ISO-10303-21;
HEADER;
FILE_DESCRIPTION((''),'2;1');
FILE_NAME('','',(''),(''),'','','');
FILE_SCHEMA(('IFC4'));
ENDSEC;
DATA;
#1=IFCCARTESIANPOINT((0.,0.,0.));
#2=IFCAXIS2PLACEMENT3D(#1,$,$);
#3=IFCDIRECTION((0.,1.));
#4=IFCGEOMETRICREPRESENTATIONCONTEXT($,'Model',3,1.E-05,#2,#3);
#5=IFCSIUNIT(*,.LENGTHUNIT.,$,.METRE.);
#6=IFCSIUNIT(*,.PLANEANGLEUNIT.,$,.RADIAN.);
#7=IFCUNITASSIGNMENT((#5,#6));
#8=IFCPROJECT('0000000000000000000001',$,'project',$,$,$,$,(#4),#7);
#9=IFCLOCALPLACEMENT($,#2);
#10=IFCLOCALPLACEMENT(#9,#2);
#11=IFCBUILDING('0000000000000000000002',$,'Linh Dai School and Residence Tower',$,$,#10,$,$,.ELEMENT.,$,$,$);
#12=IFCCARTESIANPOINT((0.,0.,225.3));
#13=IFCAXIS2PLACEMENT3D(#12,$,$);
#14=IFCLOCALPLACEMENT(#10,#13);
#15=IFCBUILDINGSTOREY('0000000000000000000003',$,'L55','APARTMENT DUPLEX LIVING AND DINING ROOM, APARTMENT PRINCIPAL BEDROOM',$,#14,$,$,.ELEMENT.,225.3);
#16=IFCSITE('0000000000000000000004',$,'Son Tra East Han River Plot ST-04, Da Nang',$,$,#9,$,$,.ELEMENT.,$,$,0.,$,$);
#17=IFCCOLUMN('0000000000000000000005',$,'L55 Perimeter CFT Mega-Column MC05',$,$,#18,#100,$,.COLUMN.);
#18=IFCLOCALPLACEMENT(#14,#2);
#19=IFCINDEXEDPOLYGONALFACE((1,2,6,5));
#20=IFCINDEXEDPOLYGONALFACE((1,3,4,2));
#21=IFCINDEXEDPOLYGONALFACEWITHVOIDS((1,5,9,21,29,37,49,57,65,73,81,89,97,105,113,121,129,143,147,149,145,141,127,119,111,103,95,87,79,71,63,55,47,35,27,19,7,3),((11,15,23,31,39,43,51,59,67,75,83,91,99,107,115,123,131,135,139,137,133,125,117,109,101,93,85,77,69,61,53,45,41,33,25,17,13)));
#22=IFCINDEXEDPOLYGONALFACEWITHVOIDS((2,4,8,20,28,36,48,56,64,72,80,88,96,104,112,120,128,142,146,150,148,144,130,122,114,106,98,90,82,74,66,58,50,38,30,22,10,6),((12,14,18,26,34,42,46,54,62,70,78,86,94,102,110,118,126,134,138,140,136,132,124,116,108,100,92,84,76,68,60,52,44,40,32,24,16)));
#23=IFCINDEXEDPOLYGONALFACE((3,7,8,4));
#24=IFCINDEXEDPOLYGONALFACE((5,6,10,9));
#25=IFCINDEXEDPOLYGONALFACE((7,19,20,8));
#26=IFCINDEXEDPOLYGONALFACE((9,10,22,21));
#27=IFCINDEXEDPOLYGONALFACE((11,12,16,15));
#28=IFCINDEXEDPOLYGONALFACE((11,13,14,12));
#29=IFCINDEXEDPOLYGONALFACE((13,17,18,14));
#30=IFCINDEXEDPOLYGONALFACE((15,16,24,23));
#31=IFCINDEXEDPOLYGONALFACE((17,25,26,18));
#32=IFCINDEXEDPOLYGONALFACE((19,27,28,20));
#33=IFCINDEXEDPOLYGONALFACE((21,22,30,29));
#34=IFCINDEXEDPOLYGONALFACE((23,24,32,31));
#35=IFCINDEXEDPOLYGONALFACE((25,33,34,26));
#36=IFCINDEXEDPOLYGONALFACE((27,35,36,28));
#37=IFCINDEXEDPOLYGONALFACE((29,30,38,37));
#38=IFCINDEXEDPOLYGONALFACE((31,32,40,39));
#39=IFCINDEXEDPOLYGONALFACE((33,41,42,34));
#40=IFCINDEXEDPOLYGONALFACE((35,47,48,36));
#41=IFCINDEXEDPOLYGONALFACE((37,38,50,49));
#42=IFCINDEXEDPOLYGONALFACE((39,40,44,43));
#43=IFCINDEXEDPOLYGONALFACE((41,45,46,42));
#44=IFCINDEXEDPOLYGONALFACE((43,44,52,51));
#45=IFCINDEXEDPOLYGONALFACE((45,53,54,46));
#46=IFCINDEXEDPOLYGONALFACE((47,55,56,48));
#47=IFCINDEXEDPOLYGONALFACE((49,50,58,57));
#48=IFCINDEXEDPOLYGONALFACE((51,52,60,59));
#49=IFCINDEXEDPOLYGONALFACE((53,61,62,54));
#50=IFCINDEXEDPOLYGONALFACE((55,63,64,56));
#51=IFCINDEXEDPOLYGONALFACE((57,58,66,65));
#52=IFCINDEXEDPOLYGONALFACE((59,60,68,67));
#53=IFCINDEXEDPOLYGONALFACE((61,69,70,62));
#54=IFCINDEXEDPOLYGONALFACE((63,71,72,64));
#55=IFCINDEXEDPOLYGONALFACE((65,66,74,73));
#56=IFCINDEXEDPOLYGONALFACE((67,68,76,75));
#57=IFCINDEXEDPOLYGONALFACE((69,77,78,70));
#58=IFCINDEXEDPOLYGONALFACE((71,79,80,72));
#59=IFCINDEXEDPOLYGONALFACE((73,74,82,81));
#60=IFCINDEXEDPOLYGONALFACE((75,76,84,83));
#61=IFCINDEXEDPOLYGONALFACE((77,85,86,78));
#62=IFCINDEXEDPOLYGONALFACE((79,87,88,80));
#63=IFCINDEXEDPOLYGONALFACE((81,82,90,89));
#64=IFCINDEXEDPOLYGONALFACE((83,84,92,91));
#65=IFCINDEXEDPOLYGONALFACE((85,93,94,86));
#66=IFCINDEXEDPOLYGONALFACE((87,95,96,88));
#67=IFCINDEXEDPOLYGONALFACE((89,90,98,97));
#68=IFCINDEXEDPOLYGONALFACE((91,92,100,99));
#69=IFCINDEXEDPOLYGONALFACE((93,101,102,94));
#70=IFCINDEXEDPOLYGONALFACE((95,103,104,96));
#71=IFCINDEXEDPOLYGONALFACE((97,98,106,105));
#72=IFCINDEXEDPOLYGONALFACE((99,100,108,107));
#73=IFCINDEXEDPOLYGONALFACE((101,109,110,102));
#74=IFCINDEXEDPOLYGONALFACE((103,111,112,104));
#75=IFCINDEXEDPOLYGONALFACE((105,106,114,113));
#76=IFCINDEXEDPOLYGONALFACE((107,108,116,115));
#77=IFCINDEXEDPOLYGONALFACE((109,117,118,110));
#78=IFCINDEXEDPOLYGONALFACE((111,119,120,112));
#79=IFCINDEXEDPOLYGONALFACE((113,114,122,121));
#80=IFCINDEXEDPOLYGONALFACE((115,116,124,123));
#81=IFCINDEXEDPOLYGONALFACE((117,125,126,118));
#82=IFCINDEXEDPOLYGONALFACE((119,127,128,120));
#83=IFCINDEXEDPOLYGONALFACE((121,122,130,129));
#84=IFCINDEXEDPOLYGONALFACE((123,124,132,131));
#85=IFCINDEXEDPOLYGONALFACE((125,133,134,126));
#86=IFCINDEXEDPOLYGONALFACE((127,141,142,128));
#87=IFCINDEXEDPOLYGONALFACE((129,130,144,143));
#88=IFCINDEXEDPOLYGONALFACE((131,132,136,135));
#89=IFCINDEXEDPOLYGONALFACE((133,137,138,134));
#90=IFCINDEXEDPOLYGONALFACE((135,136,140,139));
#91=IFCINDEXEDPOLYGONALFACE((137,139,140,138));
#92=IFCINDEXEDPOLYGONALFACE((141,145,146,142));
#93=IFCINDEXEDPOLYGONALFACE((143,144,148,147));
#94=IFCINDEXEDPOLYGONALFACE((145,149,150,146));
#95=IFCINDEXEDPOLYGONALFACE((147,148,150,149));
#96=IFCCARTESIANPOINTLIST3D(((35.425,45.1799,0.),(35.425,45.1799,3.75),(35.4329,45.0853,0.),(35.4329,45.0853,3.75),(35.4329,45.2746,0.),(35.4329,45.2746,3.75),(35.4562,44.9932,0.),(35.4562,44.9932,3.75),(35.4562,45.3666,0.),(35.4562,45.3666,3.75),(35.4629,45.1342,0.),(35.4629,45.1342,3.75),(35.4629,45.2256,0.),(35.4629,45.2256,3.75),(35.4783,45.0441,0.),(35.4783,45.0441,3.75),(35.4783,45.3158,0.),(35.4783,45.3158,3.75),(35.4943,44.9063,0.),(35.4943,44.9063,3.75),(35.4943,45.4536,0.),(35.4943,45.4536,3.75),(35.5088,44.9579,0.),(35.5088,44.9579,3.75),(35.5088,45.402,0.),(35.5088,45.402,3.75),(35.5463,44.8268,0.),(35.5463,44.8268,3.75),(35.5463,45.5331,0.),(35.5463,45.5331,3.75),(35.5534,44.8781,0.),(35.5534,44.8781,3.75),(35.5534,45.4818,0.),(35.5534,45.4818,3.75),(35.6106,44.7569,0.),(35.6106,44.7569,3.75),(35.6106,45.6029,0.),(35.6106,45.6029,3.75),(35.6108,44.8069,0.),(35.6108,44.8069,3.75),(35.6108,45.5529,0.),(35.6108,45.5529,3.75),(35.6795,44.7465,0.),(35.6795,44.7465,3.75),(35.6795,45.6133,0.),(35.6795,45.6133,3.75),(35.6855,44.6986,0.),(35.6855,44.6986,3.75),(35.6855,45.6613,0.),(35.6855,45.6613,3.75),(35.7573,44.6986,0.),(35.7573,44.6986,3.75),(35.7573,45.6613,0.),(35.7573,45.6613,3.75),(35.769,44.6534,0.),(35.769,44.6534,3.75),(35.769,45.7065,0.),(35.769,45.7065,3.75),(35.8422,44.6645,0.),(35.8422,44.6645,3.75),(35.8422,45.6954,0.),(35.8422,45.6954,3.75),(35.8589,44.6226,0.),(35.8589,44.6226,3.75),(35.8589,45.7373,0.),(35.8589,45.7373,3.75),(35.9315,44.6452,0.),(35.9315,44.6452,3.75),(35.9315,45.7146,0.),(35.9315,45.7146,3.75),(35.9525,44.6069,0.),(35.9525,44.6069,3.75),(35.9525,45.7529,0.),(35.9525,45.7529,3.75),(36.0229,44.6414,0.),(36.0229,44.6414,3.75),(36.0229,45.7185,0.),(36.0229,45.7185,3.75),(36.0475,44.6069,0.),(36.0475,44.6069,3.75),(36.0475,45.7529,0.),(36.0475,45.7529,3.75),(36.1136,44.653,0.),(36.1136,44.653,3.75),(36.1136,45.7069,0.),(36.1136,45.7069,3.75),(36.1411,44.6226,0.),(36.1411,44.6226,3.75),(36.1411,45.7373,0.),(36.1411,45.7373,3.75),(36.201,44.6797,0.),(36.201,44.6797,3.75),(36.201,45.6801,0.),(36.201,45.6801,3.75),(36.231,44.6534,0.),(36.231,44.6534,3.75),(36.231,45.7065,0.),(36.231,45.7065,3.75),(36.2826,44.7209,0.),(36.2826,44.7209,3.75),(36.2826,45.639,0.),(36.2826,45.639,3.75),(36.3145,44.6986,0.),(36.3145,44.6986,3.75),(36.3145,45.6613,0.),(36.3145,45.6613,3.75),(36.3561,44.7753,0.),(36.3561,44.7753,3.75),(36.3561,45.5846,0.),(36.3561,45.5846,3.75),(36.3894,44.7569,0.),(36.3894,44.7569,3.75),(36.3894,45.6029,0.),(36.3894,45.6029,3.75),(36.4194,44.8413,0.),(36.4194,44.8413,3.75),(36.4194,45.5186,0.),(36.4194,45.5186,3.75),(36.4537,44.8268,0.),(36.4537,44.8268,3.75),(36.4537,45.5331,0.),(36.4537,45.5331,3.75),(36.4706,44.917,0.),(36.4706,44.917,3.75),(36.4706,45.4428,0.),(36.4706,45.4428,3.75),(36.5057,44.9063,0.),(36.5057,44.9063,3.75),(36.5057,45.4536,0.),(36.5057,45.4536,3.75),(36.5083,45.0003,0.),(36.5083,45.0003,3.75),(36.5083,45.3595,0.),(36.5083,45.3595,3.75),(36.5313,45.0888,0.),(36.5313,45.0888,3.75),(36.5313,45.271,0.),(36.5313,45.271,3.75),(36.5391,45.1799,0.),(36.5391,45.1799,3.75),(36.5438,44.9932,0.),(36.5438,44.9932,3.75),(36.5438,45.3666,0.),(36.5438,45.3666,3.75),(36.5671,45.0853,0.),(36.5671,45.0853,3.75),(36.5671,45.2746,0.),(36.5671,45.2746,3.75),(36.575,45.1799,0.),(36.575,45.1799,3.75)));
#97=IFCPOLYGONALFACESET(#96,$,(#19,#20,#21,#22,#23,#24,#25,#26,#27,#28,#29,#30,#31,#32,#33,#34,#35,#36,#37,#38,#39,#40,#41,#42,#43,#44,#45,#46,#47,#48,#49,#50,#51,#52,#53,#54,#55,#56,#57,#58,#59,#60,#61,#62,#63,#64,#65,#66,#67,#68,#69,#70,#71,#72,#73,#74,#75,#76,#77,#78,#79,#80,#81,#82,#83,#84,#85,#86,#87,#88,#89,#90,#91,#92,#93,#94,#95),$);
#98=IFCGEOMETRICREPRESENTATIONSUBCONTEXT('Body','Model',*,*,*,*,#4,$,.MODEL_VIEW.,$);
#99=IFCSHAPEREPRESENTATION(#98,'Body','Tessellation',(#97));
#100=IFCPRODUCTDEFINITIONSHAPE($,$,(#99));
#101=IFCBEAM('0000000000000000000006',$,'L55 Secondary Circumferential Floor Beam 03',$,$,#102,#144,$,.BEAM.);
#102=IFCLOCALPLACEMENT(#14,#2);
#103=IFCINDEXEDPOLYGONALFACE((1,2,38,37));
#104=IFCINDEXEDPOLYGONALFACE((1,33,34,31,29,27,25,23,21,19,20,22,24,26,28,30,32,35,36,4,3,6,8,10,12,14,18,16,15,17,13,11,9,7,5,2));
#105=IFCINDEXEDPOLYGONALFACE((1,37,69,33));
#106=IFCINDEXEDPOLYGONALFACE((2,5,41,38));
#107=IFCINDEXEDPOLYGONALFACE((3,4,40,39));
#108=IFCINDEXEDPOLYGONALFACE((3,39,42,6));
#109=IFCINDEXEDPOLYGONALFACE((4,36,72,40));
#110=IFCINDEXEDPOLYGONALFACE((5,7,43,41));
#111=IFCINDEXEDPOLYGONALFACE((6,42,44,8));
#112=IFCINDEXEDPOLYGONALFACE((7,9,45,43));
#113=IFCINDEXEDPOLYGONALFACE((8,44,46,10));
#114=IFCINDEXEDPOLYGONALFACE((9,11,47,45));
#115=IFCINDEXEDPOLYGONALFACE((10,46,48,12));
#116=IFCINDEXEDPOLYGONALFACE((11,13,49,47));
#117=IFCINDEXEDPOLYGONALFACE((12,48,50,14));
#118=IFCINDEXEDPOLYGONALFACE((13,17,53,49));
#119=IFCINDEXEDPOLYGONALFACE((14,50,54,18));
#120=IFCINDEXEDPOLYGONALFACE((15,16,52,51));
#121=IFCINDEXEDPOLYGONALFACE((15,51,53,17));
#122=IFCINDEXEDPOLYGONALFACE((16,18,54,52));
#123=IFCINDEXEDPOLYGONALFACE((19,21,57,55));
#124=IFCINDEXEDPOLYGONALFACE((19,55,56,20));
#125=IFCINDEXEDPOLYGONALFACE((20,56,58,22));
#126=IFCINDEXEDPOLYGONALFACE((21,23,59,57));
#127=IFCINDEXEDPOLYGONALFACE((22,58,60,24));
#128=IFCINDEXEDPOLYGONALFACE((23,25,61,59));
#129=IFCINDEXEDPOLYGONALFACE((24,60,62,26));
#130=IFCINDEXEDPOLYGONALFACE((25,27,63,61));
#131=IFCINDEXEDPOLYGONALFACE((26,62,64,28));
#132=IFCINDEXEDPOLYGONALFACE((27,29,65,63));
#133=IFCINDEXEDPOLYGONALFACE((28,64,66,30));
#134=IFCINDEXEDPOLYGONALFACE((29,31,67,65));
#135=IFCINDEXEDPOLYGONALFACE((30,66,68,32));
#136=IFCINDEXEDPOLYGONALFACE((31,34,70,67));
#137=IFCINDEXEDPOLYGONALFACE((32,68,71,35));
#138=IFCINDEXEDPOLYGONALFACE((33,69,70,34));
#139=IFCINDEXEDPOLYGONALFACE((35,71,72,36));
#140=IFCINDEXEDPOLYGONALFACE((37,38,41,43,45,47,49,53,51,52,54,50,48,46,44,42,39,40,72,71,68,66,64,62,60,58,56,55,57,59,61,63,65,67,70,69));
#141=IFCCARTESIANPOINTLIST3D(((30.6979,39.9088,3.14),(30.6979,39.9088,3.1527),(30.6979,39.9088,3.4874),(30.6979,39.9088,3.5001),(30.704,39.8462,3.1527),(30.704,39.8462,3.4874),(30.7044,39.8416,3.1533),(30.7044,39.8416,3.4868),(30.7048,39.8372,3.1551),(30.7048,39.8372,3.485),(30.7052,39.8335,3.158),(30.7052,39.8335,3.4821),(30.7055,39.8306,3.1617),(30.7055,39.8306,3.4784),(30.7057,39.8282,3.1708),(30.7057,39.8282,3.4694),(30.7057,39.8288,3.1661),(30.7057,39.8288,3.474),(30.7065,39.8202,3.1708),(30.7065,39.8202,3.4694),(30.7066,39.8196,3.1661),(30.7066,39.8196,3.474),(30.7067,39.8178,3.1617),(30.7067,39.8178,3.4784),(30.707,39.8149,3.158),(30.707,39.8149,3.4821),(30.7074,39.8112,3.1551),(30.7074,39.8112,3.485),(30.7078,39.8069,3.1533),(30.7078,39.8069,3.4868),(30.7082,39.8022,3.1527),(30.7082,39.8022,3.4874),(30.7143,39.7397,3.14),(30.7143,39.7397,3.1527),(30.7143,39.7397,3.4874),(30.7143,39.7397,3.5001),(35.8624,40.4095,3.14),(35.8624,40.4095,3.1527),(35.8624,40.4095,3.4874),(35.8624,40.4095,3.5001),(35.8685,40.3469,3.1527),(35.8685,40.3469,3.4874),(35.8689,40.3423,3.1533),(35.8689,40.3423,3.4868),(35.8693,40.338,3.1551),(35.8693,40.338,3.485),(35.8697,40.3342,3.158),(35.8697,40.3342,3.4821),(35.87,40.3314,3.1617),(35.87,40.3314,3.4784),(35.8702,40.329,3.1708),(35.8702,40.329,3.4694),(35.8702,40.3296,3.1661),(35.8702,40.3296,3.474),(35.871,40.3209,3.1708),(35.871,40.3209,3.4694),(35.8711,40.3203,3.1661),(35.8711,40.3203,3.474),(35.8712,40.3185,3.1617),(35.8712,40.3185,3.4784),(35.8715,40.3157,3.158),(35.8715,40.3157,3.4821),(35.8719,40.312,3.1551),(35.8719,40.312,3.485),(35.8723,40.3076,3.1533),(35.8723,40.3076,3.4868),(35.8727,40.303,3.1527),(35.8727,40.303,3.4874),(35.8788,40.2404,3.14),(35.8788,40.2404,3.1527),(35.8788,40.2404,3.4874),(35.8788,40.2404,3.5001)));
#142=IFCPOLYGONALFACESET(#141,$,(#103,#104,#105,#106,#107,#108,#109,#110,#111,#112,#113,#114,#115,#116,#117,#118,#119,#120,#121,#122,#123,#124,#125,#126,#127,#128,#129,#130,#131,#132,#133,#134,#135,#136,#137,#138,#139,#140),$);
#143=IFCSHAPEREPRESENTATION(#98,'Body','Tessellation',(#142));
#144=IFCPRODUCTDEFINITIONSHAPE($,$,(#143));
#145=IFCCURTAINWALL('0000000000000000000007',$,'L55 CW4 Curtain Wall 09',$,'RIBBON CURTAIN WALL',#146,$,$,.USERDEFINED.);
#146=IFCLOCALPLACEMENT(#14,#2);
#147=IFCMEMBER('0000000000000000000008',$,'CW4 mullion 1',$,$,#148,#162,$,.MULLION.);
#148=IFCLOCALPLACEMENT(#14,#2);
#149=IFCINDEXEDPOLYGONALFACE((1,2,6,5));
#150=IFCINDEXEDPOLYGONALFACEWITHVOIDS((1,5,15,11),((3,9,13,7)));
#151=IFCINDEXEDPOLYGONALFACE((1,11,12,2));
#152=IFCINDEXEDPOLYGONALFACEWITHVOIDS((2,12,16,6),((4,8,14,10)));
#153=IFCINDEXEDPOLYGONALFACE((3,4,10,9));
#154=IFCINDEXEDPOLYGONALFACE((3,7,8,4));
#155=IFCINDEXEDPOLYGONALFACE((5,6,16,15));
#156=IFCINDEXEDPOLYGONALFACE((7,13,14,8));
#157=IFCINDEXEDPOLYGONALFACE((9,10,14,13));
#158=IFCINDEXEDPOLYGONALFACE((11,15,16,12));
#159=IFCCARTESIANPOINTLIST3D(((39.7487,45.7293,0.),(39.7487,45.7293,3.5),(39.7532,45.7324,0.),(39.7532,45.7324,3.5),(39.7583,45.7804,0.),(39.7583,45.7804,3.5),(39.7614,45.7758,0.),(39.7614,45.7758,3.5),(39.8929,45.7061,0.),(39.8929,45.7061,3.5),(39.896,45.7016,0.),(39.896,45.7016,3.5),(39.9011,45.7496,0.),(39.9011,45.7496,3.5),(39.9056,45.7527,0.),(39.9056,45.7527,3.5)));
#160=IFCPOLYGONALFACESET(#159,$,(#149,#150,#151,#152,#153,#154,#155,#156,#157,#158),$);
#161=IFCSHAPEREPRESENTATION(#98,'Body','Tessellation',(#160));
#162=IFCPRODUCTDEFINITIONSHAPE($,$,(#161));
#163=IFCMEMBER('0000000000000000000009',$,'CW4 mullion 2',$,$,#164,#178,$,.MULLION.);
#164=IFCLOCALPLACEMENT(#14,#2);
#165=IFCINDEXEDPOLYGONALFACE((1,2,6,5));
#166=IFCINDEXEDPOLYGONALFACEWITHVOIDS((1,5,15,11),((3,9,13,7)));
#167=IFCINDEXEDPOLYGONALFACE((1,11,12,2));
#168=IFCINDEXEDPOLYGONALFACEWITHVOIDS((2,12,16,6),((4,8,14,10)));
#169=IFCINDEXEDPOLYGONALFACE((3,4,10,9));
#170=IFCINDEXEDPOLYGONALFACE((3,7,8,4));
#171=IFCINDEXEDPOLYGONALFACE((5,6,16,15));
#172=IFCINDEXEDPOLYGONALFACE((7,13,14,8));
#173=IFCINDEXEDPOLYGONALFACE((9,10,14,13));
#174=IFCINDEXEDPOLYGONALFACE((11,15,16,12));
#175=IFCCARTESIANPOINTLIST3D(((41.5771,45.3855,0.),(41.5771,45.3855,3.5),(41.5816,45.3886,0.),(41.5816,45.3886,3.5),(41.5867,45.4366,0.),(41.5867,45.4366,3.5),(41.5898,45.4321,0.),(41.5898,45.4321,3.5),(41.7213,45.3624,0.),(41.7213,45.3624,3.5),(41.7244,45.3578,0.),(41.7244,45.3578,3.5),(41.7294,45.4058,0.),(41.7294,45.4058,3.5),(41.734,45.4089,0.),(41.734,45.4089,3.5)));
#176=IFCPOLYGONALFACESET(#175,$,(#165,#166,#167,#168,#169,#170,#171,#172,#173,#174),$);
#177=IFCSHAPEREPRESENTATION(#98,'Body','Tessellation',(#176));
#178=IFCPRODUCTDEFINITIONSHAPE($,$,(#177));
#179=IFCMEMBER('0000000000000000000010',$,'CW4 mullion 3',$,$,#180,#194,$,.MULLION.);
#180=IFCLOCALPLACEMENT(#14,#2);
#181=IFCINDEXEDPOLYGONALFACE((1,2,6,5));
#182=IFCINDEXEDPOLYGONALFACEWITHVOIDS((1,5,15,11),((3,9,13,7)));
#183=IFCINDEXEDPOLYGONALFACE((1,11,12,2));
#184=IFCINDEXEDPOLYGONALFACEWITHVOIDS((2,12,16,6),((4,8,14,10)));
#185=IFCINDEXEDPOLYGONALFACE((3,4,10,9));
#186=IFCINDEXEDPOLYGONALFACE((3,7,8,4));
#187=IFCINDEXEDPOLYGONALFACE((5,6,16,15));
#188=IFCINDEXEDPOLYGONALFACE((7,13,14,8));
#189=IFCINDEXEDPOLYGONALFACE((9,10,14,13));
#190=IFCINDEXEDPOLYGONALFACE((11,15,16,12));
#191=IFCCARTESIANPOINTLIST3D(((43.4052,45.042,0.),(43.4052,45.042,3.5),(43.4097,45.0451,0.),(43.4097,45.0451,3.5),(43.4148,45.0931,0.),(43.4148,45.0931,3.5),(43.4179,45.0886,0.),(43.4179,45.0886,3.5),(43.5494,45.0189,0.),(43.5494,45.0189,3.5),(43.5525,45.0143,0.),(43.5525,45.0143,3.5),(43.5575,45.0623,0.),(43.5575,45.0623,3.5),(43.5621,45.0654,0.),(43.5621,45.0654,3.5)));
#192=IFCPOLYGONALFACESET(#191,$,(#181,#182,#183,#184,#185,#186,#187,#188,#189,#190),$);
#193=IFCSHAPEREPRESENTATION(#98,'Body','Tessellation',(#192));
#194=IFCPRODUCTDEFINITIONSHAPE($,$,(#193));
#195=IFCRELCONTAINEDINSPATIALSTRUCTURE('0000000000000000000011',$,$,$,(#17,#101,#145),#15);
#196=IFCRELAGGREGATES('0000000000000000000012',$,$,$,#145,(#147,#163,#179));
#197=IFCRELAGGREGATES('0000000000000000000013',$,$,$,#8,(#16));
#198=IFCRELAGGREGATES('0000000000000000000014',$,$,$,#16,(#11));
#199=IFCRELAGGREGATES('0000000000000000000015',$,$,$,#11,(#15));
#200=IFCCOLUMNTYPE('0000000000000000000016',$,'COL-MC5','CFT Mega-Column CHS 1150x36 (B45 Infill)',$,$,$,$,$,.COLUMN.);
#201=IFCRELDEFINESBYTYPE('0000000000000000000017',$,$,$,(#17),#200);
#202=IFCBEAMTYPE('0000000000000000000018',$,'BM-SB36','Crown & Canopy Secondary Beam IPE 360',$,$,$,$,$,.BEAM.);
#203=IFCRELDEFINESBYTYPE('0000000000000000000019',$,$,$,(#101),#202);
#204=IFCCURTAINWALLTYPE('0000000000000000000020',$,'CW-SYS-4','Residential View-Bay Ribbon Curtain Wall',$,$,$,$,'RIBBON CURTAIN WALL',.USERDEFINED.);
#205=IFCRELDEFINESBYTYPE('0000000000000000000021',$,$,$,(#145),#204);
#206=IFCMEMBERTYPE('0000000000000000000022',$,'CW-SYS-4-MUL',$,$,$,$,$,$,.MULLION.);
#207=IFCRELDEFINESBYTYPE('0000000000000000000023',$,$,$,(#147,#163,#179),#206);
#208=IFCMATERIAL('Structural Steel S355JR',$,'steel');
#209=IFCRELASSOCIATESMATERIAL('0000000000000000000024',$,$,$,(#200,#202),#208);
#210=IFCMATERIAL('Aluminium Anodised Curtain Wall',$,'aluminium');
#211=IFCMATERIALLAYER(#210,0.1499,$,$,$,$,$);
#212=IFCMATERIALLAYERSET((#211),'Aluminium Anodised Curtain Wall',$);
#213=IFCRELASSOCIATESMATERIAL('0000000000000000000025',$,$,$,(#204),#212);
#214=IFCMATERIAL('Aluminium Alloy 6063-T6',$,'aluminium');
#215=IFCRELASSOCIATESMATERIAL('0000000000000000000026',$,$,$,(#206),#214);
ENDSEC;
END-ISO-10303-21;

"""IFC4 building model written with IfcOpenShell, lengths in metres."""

from ifc_helpers import new_model, si_unit, direction, frame, origin, origin_2d, place, context, subcontext, project, spatial, hollow_rectangle, hollow_circle, i_section, extrude, source, transform, mapped, material, layer, layer_set, material_profile, profile_set, type_object, element, aggregate, save


model = new_model("IFC4")

# Units and contexts
model_context = context("Model", 3, precision=1e-05, world=origin(), true_north=direction((0.0, 1.0)))
body_context = subcontext(model_context, "Body", "Model", "MODEL_VIEW")
ifc_project = project(units=[si_unit("LENGTHUNIT", "METRE"), si_unit("PLANEANGLEUNIT", "RADIAN")], contexts=[model_context])

# Site, building, storey
site_placement = place(None, origin())
site = spatial("IfcSite", under=ifc_project, at=site_placement, Name="Son Tra East Han River Plot ST-04, Da Nang", CompositionType="ELEMENT", RefElevation=0.0)
building_placement = place(site_placement, origin())
building = spatial("IfcBuilding", under=site, at=building_placement, Name="Linh Dai School and Residence Tower", CompositionType="ELEMENT")
storey_placement = place(building_placement, frame((0.0, 0.0, 225.3)))
storey = spatial("IfcBuildingStorey", under=building, at=storey_placement, Name="L55", Description="APARTMENT DUPLEX LIVING AND DINING ROOM, APARTMENT PRINCIPAL BEDROOM", CompositionType="ELEMENT", Elevation=225.3)

# Column
ifc_material_1 = material(Name="Structural Steel S355JR", Category="steel")
ifc_material_profile_1 = material_profile(ifc_material_1, hollow_circle(Radius=0.575, WallThickness=0.0359, at=origin_2d()), Name="CHS 1150x36")
ifc_profile_set_1 = profile_set([ifc_material_profile_1], Name="Structural Steel S355JR")
column_type = type_object("IfcColumnType", Name="COL-MC5", Description="CFT Mega-Column CHS 1150x36 (B45 Infill)", PredefinedType="COLUMN", material=ifc_profile_set_1)
column_placement = place(storey_placement, frame((36.0, 45.1799, 0.0), z_axis=(0.0, 0.0, 1.0), x_axis=(1.0, 0.0, 0.0)))
element("IfcColumn", 1, at=column_placement, inside=storey, type_object=column_type, Name="L55 Perimeter CFT Mega-Column MC05", PredefinedType="COLUMN", context=body_context, shape_type="SweptSolid", body=[
    extrude(hollow_circle(Radius=0.575, WallThickness=0.0359, at=origin_2d()), origin(), (0.0, 0.0, 1.0), 3.75),
])

# Beam
ifc_material_profile_2 = material_profile(ifc_material_1, i_section(OverallWidth=0.1699, OverallDepth=0.3601, WebThickness=0.0081, FlangeThickness=0.0127, FilletRadius=0.0181, at=origin_2d()), Name="IPE 360")
ifc_profile_set_2 = profile_set([ifc_material_profile_2], Name="Structural Steel S355JR")
beam_type = type_object("IfcBeamType", Name="BM-SB36", Description="Crown & Canopy Secondary Beam IPE 360", PredefinedType="BEAM", material=ifc_profile_set_2)
beam_placement = place(storey_placement, frame((35.8706, 40.325, 3.3201), z_axis=(-0.995333, -0.096503, 0.0), x_axis=(0.096503, -0.995333, 0.0)))
element("IfcBeam", 2, at=beam_placement, inside=storey, type_object=beam_type, Name="L55 Secondary Circumferential Floor Beam 03", PredefinedType="BEAM", context=body_context, shape_type="SweptSolid", body=[
    extrude(i_section(OverallWidth=0.1699, OverallDepth=0.3601, WebThickness=0.0081, FlangeThickness=0.0127, FilletRadius=0.0181, at=origin_2d()), origin(), (0.0, 0.0, 1.0), 5.1887),
])

# Curtain wall, members
ifc_material_2 = material(Name="Aluminium Anodised Curtain Wall", Category="aluminium")
ifc_layer_1 = layer(ifc_material_2, 0.1499)
ifc_layer_set_1 = layer_set([ifc_layer_1], Name="Aluminium Anodised Curtain Wall")
curtain_wall_type = type_object("IfcCurtainWallType", Name="CW-SYS-4", Description="Residential View-Bay Ribbon Curtain Wall", ElementType="RIBBON CURTAIN WALL", PredefinedType="USERDEFINED", material=ifc_layer_set_1)
curtain_wall_placement = place(storey_placement, origin())
curtain_wall = element("IfcCurtainWall", 3, at=curtain_wall_placement, inside=storey, type_object=curtain_wall_type, Name="L55 CW4 Curtain Wall 09", ObjectType="RIBBON CURTAIN WALL", PredefinedType="USERDEFINED")
ifc_material_3 = material(Name="Aluminium Alloy 6063-T6", Category="aluminium")
ifc_material_profile_3 = material_profile(ifc_material_3, hollow_rectangle(XDim=0.052, YDim=0.1499, WallThickness=0.0039, at=origin_2d()), Name="RHS 150x52x4")
ifc_profile_set_3 = profile_set([ifc_material_profile_3], Name="Aluminium Alloy 6063-T6")
member_type_1 = type_object("IfcMemberType", Name="CW-SYS-4-MUL", PredefinedType="MULLION", material=ifc_profile_set_3)
shared_shape_1 = source(origin(), body_context, "Body", "SweptSolid", [
    extrude(hollow_rectangle(XDim=0.052, YDim=0.1499, WallThickness=0.0039, at=origin_2d()), origin(), (0.0, 0.0, 1.0), 3.5),
])
member_1_placement = place(storey_placement, frame((39.8271, 45.741, 0.0), z_axis=(0.0, 0.0, 1.0), x_axis=(0.184744, 0.982787, 0.0)))
member_1 = element("IfcMember", 4, at=member_1_placement, type_object=member_type_1, Name="CW4 mullion 1", PredefinedType="MULLION", context=body_context, shape_type="MappedRepresentation", body=[
    mapped(shared_shape_1, transform((0.0, 0.0, 0.0), x_axis=(1.0, 0.0, 0.0), y_axis=(0.0, 1.0, 0.0), z_axis=(0.0, 0.0, 1.0), scale=1.0)),
])
member_2_placement = place(storey_placement, frame((41.6555, 45.3972, 0.0), z_axis=(0.0, 0.0, 1.0), x_axis=(0.184744, 0.982787, 0.0)))
member_2 = element("IfcMember", 5, at=member_2_placement, type_object=member_type_1, Name="CW4 mullion 2", PredefinedType="MULLION", context=body_context, shape_type="MappedRepresentation", body=[
    mapped(shared_shape_1, transform((0.0, 0.0, 0.0), x_axis=(1.0, 0.0, 0.0), y_axis=(0.0, 1.0, 0.0), z_axis=(0.0, 0.0, 1.0), scale=1.0)),
])
member_3_placement = place(storey_placement, frame((43.4836, 45.0537, 0.0), z_axis=(0.0, 0.0, 1.0), x_axis=(0.184744, 0.982787, 0.0)))
member_3 = element("IfcMember", 6, at=member_3_placement, type_object=member_type_1, Name="CW4 mullion 3", PredefinedType="MULLION", context=body_context, shape_type="MappedRepresentation", body=[
    mapped(shared_shape_1, transform((0.0, 0.0, 0.0), x_axis=(1.0, 0.0, 0.0), y_axis=(0.0, 1.0, 0.0), z_axis=(0.0, 0.0, 1.0), scale=1.0)),
])

aggregate(curtain_wall, [member_1, member_2, member_3])

save(model, "model.ifc")
